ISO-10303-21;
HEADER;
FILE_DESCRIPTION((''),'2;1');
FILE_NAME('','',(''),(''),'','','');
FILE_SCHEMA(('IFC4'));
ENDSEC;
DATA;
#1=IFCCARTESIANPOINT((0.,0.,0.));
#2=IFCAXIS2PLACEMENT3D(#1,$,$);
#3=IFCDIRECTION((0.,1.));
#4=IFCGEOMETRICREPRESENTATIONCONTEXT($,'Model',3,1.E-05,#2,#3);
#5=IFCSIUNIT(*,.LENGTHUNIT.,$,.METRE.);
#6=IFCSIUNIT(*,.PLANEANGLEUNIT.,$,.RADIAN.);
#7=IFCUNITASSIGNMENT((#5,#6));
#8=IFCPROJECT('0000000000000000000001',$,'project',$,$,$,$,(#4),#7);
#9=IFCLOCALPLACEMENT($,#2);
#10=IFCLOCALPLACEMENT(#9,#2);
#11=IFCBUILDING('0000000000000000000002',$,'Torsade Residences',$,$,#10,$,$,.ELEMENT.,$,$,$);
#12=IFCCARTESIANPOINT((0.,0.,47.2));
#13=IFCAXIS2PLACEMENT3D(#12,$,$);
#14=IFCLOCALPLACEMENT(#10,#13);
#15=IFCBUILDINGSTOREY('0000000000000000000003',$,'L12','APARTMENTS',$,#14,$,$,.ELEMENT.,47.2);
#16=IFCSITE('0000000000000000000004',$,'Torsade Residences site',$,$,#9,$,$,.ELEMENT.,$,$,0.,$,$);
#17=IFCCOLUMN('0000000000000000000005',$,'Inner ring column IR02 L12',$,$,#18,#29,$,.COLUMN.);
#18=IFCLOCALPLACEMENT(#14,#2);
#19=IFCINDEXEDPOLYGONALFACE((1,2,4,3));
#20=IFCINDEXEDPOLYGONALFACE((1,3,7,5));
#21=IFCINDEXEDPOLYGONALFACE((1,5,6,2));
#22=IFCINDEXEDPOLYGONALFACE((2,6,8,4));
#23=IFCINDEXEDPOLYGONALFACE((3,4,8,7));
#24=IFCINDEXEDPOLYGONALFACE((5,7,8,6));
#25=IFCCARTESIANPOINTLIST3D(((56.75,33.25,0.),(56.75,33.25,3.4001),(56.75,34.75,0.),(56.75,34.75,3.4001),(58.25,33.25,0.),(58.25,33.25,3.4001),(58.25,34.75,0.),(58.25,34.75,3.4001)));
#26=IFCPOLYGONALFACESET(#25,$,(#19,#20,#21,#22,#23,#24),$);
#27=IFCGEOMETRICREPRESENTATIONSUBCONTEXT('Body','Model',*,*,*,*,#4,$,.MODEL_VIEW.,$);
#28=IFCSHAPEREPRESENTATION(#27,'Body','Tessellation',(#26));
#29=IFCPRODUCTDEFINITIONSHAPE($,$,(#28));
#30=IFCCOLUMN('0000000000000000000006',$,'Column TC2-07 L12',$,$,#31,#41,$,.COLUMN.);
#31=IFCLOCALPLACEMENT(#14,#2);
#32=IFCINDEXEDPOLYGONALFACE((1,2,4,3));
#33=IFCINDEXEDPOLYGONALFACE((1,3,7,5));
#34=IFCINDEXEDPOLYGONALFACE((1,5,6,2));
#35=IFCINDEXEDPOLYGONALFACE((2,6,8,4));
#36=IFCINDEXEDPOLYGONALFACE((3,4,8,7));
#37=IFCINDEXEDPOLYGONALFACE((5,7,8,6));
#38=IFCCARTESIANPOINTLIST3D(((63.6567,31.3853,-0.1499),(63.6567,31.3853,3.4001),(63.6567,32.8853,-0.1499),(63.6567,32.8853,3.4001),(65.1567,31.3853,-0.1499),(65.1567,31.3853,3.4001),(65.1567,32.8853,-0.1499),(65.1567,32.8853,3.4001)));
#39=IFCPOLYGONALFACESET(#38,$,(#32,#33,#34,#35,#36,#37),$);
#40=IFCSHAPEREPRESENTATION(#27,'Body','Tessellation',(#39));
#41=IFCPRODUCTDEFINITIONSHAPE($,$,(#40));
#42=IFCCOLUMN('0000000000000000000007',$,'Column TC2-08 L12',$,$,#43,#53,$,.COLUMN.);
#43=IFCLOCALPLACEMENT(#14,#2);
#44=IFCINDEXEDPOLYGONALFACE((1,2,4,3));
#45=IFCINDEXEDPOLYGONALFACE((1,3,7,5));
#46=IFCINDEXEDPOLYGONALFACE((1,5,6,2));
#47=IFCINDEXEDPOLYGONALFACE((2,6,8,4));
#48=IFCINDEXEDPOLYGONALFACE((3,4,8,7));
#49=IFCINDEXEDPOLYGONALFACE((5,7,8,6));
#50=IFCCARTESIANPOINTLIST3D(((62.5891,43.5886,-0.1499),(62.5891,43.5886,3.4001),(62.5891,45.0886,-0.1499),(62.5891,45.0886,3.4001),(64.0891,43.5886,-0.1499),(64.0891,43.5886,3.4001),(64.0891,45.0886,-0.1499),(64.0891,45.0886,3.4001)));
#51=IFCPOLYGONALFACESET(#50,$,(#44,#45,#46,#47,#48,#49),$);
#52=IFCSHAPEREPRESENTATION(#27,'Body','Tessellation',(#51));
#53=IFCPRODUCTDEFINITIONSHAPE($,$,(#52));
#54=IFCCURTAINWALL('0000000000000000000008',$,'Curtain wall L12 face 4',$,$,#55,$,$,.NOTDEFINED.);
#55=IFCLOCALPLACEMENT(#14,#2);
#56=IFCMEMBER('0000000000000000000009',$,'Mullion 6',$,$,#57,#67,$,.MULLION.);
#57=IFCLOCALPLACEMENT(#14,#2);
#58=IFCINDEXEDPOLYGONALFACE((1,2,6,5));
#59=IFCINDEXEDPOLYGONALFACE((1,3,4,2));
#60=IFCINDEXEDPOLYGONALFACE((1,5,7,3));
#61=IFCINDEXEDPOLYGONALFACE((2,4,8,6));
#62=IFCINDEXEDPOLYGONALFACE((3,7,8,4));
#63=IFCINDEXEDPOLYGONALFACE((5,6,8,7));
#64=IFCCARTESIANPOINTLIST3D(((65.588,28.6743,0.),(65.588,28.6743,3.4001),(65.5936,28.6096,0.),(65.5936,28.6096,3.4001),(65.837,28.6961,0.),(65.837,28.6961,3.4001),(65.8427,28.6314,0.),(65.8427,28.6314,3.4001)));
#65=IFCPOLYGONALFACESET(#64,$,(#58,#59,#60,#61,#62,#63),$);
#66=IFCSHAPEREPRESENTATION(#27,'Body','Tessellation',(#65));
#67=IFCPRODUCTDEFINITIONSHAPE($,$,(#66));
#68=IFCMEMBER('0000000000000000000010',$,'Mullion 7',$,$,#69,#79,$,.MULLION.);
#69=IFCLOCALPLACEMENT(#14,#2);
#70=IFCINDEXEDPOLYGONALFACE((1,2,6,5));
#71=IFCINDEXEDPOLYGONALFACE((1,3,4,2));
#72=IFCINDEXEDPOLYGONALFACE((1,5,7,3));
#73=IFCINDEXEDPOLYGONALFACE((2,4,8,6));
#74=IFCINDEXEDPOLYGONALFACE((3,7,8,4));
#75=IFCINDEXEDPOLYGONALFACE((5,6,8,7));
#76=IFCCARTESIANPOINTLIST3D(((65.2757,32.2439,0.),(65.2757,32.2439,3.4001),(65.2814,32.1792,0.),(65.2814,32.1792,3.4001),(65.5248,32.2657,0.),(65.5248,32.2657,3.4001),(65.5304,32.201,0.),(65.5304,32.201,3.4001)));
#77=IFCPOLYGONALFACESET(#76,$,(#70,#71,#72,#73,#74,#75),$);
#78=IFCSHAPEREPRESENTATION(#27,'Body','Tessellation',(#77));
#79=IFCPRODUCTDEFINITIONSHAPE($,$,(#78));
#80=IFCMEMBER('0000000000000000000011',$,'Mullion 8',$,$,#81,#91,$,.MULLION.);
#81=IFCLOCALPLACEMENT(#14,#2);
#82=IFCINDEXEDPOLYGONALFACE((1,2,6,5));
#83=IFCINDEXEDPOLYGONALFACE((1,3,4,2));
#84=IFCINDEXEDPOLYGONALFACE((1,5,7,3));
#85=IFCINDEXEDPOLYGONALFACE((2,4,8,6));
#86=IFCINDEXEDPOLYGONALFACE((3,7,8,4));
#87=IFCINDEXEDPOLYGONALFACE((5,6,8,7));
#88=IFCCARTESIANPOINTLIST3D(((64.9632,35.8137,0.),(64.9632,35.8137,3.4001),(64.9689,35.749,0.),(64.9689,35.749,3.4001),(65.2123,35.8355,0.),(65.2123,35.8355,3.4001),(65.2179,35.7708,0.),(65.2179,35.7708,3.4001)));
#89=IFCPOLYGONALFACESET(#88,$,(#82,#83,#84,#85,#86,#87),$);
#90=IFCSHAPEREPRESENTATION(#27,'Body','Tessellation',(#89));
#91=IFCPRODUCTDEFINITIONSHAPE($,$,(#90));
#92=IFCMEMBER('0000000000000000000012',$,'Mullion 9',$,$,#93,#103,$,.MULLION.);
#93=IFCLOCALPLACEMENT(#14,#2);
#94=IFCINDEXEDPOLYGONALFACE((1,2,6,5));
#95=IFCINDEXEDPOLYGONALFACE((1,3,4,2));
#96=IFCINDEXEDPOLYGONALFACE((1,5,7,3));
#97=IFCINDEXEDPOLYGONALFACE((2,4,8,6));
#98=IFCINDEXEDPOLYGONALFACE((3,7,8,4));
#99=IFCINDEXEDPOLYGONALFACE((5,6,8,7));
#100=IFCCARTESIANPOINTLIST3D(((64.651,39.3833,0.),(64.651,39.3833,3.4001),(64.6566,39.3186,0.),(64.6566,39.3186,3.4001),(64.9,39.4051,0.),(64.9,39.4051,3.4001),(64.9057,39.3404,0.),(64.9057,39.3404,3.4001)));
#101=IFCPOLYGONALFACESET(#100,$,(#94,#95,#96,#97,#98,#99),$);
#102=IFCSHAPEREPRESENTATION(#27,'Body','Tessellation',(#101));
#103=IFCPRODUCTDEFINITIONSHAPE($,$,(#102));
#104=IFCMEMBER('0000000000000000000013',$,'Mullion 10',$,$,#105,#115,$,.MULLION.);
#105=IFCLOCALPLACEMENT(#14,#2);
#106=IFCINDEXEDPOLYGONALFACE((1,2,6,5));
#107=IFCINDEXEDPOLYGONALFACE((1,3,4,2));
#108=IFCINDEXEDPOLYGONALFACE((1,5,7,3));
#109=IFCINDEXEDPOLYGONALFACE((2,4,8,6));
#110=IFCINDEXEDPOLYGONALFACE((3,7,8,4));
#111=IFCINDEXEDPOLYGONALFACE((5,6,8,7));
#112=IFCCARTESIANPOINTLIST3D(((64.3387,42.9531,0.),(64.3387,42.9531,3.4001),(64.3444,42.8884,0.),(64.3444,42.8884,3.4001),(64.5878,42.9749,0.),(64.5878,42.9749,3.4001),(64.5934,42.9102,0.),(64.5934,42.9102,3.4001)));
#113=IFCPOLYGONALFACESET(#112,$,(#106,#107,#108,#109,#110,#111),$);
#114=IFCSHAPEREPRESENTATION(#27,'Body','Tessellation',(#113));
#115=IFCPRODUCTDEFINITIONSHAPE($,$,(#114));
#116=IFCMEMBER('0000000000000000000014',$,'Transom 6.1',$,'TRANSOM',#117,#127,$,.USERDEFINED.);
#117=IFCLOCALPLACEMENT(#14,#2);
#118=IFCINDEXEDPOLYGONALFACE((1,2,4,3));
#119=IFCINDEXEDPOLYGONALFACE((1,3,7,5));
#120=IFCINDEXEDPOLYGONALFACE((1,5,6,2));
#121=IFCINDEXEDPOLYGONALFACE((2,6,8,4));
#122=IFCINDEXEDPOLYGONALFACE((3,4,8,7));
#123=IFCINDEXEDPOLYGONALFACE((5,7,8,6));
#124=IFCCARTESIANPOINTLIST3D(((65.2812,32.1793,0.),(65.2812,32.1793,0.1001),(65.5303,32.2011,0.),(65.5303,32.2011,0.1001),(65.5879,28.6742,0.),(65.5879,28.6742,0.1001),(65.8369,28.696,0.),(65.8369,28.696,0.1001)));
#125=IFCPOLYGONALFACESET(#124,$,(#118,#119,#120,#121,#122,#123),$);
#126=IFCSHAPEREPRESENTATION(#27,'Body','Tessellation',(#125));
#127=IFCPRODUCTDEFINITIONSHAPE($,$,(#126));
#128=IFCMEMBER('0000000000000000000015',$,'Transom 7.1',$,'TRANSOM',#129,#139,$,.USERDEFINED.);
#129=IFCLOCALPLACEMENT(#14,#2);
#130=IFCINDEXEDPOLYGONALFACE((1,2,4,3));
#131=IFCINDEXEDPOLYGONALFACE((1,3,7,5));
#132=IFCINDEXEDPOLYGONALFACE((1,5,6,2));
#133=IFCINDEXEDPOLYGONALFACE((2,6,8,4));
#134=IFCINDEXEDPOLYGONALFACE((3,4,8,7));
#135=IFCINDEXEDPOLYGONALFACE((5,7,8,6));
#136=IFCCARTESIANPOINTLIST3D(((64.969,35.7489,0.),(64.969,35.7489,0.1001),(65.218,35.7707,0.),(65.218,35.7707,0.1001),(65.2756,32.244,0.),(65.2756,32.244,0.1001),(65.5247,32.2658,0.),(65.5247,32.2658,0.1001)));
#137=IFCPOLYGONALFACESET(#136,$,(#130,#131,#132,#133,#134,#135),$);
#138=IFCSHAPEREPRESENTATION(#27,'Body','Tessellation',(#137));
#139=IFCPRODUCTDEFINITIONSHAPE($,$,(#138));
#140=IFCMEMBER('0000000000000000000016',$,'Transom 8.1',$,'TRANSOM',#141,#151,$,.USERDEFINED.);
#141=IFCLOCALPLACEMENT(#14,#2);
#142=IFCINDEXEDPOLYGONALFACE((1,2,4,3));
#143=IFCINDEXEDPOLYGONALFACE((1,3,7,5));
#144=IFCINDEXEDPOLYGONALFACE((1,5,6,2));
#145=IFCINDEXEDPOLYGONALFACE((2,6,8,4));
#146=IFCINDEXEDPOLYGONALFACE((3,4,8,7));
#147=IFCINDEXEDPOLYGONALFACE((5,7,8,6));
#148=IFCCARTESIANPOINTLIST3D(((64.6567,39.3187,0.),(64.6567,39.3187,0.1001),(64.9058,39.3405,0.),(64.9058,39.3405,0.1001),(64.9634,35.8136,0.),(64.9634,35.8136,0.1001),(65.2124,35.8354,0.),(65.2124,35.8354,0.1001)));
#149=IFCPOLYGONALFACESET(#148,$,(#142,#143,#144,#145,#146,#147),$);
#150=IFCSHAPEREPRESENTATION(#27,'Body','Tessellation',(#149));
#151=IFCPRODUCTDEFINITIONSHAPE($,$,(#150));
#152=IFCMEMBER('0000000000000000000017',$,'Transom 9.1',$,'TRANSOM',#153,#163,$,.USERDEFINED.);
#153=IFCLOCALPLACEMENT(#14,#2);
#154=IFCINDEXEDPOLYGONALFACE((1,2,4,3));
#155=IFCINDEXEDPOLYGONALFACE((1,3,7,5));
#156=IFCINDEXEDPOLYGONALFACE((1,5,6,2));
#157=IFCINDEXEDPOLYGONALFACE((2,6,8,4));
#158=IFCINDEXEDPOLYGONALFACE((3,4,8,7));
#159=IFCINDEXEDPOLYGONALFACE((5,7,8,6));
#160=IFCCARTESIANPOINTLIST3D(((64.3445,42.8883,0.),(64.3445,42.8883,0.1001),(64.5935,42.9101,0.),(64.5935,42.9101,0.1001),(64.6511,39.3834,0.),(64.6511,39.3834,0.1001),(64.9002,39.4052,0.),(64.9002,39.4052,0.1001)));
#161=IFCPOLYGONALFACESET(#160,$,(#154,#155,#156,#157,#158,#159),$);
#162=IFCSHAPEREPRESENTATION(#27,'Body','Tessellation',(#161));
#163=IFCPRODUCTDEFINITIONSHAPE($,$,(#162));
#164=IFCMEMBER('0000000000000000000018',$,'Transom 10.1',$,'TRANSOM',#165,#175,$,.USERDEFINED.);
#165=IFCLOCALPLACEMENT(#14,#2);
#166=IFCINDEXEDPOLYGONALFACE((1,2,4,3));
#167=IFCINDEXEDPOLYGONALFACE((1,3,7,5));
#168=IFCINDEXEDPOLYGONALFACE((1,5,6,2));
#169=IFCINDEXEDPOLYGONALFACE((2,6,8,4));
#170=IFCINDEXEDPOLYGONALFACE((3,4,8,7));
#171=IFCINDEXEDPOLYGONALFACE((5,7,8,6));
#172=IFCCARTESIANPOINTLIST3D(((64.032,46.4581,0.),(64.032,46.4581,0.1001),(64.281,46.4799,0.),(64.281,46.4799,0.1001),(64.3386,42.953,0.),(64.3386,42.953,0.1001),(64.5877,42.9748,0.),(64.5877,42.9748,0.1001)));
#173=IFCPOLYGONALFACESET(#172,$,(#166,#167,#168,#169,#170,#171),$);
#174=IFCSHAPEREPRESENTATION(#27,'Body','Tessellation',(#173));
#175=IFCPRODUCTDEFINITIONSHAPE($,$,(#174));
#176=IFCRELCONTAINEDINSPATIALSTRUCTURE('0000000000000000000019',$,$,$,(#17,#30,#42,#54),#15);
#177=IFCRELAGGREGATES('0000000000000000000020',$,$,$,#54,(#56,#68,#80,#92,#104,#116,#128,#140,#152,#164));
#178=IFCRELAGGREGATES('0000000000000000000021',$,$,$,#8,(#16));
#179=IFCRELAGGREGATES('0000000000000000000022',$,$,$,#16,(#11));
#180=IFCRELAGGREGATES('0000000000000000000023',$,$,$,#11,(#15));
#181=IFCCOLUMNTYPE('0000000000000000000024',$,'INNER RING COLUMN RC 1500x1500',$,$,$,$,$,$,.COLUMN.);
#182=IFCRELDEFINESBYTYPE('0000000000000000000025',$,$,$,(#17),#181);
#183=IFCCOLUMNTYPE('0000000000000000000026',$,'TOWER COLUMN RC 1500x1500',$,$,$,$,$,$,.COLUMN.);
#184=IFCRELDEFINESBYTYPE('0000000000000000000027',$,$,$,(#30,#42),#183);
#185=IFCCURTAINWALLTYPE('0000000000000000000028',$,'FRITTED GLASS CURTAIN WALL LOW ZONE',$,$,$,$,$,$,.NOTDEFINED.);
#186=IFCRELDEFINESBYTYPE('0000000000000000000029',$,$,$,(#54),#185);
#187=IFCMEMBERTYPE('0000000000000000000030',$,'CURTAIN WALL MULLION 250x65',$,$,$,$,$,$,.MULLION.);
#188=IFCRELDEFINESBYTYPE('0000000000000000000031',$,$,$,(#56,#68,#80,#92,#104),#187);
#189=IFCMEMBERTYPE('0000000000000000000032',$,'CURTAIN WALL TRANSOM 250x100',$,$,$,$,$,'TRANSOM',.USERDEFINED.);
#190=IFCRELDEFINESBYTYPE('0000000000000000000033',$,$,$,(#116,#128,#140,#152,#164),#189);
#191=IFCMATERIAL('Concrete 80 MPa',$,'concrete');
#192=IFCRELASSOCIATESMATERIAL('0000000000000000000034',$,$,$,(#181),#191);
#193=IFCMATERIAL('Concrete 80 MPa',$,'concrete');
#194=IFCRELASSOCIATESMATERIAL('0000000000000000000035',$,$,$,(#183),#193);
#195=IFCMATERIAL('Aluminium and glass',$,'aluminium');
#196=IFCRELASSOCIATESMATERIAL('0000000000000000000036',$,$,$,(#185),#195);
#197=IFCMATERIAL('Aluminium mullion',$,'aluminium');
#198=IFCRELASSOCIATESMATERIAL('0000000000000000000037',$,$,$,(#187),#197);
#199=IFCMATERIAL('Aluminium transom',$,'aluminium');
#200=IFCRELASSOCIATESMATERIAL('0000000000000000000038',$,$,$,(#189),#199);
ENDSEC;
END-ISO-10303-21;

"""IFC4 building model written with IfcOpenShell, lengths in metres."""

from ifc_helpers import new_model, si_unit, direction, frame, origin, origin_2d, place, context, subcontext, project, spatial, rectangle, extrude, material, material_profile, profile_set, type_object, element, aggregate, save


model = new_model("IFC4")

# Units and contexts
model_context = context("Model", 3, precision=1e-05, world=origin(), true_north=direction((0.0, 1.0)))
body_context = subcontext(model_context, "Body", "Model", "MODEL_VIEW")
ifc_project = project(units=[si_unit("LENGTHUNIT", "METRE"), si_unit("PLANEANGLEUNIT", "RADIAN")], contexts=[model_context])

# Site, building, storey
site_placement = place(None, origin())
site = spatial("IfcSite", under=ifc_project, at=site_placement, Name="Torsade Residences site", CompositionType="ELEMENT", RefElevation=0.0)
building_placement = place(site_placement, origin())
building = spatial("IfcBuilding", under=site, at=building_placement, Name="Torsade Residences", CompositionType="ELEMENT")
storey_placement = place(building_placement, frame((0.0, 0.0, 47.2)))
storey = spatial("IfcBuildingStorey", under=building, at=storey_placement, Name="L12", Description="APARTMENTS", CompositionType="ELEMENT", Elevation=47.2)

# Columns
ifc_material_1 = material(Name="Concrete 80 MPa", Category="concrete")
ifc_material_profile_1 = material_profile(ifc_material_1, rectangle(XDim=1.5, YDim=1.5, at=origin_2d()), Name="RC 1500x1500")
ifc_profile_set_1 = profile_set([ifc_material_profile_1], Name="Concrete 80 MPa")
column_type_1 = type_object("IfcColumnType", Name="INNER RING COLUMN RC 1500x1500", PredefinedType="COLUMN", material=ifc_profile_set_1)
column_placement = place(storey_placement, frame((57.5, 34.0, 0.0), z_axis=(0.0, 0.0, 1.0), x_axis=(1.0, 0.0, 0.0)))
element("IfcColumn", 1, at=column_placement, inside=storey, type_object=column_type_1, Name="Inner ring column IR02 L12", PredefinedType="COLUMN", context=body_context, shape_type="SweptSolid", body=[
    extrude(rectangle(XDim=1.5, YDim=1.5, at=origin_2d()), origin(), (0.0, 0.0, 1.0), 3.4001),
])
ifc_material_2 = material(Name="Concrete 80 MPa", Category="concrete")
ifc_material_profile_2 = material_profile(ifc_material_2, rectangle(XDim=1.5, YDim=1.5, at=origin_2d()), Name="RC 1500x1500")
ifc_profile_set_2 = profile_set([ifc_material_profile_2], Name="Concrete 80 MPa")
column_type_2 = type_object("IfcColumnType", Name="TOWER COLUMN RC 1500x1500", PredefinedType="COLUMN", material=ifc_profile_set_2)
for number, where, z_axis, x_axis, name in (
    (2, (64.4067, 32.1353, -0.1499), (0.0, 0.0, 1.0), (1.0, 0.0, 0.0), "Column TC2-07 L12"),
    (3, (63.3391, 44.3386, -0.1499), (0.0, 0.0, 1.0), (1.0, 0.0, 0.0), "Column TC2-08 L12"),
):
    element("IfcColumn", number, at=place(storey_placement, frame(where, z_axis=z_axis, x_axis=x_axis)), inside=storey, type_object=column_type_2, Name=name, PredefinedType="COLUMN", context=body_context, shape_type="SweptSolid", body=[
        extrude(rectangle(XDim=1.5, YDim=1.5, at=origin_2d()), origin(), (0.0, 0.0, 1.0), 3.55),
    ])

# Curtain wall, members
ifc_material_3 = material(Name="Aluminium and glass", Category="aluminium")
curtain_wall_type = type_object("IfcCurtainWallType", Name="FRITTED GLASS CURTAIN WALL LOW ZONE", PredefinedType="NOTDEFINED", material=ifc_material_3)
curtain_wall_placement = place(storey_placement, origin())
curtain_wall = element("IfcCurtainWall", 4, at=curtain_wall_placement, inside=storey, type_object=curtain_wall_type, Name="Curtain wall L12 face 4", PredefinedType="NOTDEFINED")
ifc_material_4 = material(Name="Aluminium mullion", Category="aluminium")
ifc_material_profile_3 = material_profile(ifc_material_4, rectangle(XDim=0.25, YDim=0.0649, at=origin_2d()), Name="CURTAIN WALL MULLION 250x65")
ifc_profile_set_3 = profile_set([ifc_material_profile_3], Name="Aluminium mullion")
member_type_1 = type_object("IfcMemberType", Name="CURTAIN WALL MULLION 250x65", PredefinedType="MULLION", material=ifc_profile_set_3)
member_1_placement = place(storey_placement, frame((65.7153, 28.6528, 0.0), z_axis=(0.0, 0.0, 1.0), x_axis=(-0.996195, -0.087156, 0.0)))
member_1 = element("IfcMember", 5, at=member_1_placement, type_object=member_type_1, Name="Mullion 6", PredefinedType="MULLION", context=body_context, shape_type="SweptSolid", body=[
    extrude(rectangle(XDim=0.25, YDim=0.0649, at=origin_2d()), origin(), (0.0, 0.0, 1.0), 3.4001),
])
member_2_placement = place(storey_placement, frame((65.4031, 32.2224, 0.0), z_axis=(0.0, 0.0, 1.0), x_axis=(-0.996195, -0.087156, 0.0)))
member_2 = element("IfcMember", 6, at=member_2_placement, type_object=member_type_1, Name="Mullion 7", PredefinedType="MULLION", context=body_context, shape_type="SweptSolid", body=[
    extrude(rectangle(XDim=0.25, YDim=0.0649, at=origin_2d()), origin(), (0.0, 0.0, 1.0), 3.4001),
])
member_3_placement = place(storey_placement, frame((65.0906, 35.7922, 0.0), z_axis=(0.0, 0.0, 1.0), x_axis=(-0.996195, -0.087156, 0.0)))
member_3 = element("IfcMember", 7, at=member_3_placement, type_object=member_type_1, Name="Mullion 8", PredefinedType="MULLION", context=body_context, shape_type="SweptSolid", body=[
    extrude(rectangle(XDim=0.25, YDim=0.0649, at=origin_2d()), origin(), (0.0, 0.0, 1.0), 3.4001),
])
member_4_placement = place(storey_placement, frame((64.7783, 39.3618, 0.0), z_axis=(0.0, 0.0, 1.0), x_axis=(-0.996195, -0.087156, 0.0)))
member_4 = element("IfcMember", 8, at=member_4_placement, type_object=member_type_1, Name="Mullion 9", PredefinedType="MULLION", context=body_context, shape_type="SweptSolid", body=[
    extrude(rectangle(XDim=0.25, YDim=0.0649, at=origin_2d()), origin(), (0.0, 0.0, 1.0), 3.4001),
])
member_5_placement = place(storey_placement, frame((64.4661, 42.9316, 0.0), z_axis=(0.0, 0.0, 1.0), x_axis=(-0.996195, -0.087156, 0.0)))
member_5 = element("IfcMember", 9, at=member_5_placement, type_object=member_type_1, Name="Mullion 10", PredefinedType="MULLION", context=body_context, shape_type="SweptSolid", body=[
    extrude(rectangle(XDim=0.25, YDim=0.0649, at=origin_2d()), origin(), (0.0, 0.0, 1.0), 3.4001),
])
ifc_material_5 = material(Name="Aluminium transom", Category="aluminium")
ifc_material_profile_4 = material_profile(ifc_material_5, rectangle(XDim=0.25, YDim=0.1001, at=origin_2d()), Name="CURTAIN WALL TRANSOM 250x100")
ifc_profile_set_4 = profile_set([ifc_material_profile_4], Name="Aluminium transom")
member_type_2 = type_object("IfcMemberType", Name="CURTAIN WALL TRANSOM 250x100", ElementType="TRANSOM", PredefinedType="USERDEFINED", material=ifc_profile_set_4)
member_6_placement = place(storey_placement, frame((65.7124, 28.6851, 0.05), z_axis=(-0.087151, 0.996195, 0.0), x_axis=(-0.996195, -0.087151, 0.0)))
member_6 = element("IfcMember", 10, at=member_6_placement, type_object=member_type_2, Name="Transom 6.1", ObjectType="TRANSOM", PredefinedType="USERDEFINED", context=body_context, shape_type="SweptSolid", body=[
    extrude(rectangle(XDim=0.25, YDim=0.1001, at=origin_2d()), origin(), (0.0, 0.0, 1.0), 3.5186),
])
member_7_placement = place(storey_placement, frame((65.4001, 32.2549, 0.05), z_axis=(-0.087157, 0.996195, 0.0), x_axis=(-0.996195, -0.087157, 0.0)))
member_7 = element("IfcMember", 11, at=member_7_placement, type_object=member_type_2, Name="Transom 7.1", ObjectType="TRANSOM", PredefinedType="USERDEFINED", context=body_context, shape_type="SweptSolid", body=[
    extrude(rectangle(XDim=0.25, YDim=0.1001, at=origin_2d()), origin(), (0.0, 0.0, 1.0), 3.5183),
])
member_8_placement = place(storey_placement, frame((65.0879, 35.8245, 0.05), z_axis=(-0.087151, 0.996195, 0.0), x_axis=(-0.996195, -0.087151, 0.0)))
member_8 = element("IfcMember", 12, at=member_8_placement, type_object=member_type_2, Name="Transom 8.1", ObjectType="TRANSOM", PredefinedType="USERDEFINED", context=body_context, shape_type="SweptSolid", body=[
    extrude(rectangle(XDim=0.25, YDim=0.1001, at=origin_2d()), origin(), (0.0, 0.0, 1.0), 3.5186),
])
member_9_placement = place(storey_placement, frame((64.7756, 39.3943, 0.05), z_axis=(-0.087157, 0.996195, 0.0), x_axis=(-0.996195, -0.087157, 0.0)))
member_9 = element("IfcMember", 13, at=member_9_placement, type_object=member_type_2, Name="Transom 9.1", ObjectType="TRANSOM", PredefinedType="USERDEFINED", context=body_context, shape_type="SweptSolid", body=[
    extrude(rectangle(XDim=0.25, YDim=0.1001, at=origin_2d()), origin(), (0.0, 0.0, 1.0), 3.5183),
])
member_10_placement = place(storey_placement, frame((64.4631, 42.9639, 0.05), z_axis=(-0.087151, 0.996195, 0.0), x_axis=(-0.996195, -0.087151, 0.0)))
member_10 = element("IfcMember", 14, at=member_10_placement, type_object=member_type_2, Name="Transom 10.1", ObjectType="TRANSOM", PredefinedType="USERDEFINED", context=body_context, shape_type="SweptSolid", body=[
    extrude(rectangle(XDim=0.25, YDim=0.1001, at=origin_2d()), origin(), (0.0, 0.0, 1.0), 3.5186),
])

aggregate(curtain_wall, [member_1, member_2, member_3, member_4, member_5, member_6, member_7, member_8, member_9, member_10])

save(model, "model.ifc")
